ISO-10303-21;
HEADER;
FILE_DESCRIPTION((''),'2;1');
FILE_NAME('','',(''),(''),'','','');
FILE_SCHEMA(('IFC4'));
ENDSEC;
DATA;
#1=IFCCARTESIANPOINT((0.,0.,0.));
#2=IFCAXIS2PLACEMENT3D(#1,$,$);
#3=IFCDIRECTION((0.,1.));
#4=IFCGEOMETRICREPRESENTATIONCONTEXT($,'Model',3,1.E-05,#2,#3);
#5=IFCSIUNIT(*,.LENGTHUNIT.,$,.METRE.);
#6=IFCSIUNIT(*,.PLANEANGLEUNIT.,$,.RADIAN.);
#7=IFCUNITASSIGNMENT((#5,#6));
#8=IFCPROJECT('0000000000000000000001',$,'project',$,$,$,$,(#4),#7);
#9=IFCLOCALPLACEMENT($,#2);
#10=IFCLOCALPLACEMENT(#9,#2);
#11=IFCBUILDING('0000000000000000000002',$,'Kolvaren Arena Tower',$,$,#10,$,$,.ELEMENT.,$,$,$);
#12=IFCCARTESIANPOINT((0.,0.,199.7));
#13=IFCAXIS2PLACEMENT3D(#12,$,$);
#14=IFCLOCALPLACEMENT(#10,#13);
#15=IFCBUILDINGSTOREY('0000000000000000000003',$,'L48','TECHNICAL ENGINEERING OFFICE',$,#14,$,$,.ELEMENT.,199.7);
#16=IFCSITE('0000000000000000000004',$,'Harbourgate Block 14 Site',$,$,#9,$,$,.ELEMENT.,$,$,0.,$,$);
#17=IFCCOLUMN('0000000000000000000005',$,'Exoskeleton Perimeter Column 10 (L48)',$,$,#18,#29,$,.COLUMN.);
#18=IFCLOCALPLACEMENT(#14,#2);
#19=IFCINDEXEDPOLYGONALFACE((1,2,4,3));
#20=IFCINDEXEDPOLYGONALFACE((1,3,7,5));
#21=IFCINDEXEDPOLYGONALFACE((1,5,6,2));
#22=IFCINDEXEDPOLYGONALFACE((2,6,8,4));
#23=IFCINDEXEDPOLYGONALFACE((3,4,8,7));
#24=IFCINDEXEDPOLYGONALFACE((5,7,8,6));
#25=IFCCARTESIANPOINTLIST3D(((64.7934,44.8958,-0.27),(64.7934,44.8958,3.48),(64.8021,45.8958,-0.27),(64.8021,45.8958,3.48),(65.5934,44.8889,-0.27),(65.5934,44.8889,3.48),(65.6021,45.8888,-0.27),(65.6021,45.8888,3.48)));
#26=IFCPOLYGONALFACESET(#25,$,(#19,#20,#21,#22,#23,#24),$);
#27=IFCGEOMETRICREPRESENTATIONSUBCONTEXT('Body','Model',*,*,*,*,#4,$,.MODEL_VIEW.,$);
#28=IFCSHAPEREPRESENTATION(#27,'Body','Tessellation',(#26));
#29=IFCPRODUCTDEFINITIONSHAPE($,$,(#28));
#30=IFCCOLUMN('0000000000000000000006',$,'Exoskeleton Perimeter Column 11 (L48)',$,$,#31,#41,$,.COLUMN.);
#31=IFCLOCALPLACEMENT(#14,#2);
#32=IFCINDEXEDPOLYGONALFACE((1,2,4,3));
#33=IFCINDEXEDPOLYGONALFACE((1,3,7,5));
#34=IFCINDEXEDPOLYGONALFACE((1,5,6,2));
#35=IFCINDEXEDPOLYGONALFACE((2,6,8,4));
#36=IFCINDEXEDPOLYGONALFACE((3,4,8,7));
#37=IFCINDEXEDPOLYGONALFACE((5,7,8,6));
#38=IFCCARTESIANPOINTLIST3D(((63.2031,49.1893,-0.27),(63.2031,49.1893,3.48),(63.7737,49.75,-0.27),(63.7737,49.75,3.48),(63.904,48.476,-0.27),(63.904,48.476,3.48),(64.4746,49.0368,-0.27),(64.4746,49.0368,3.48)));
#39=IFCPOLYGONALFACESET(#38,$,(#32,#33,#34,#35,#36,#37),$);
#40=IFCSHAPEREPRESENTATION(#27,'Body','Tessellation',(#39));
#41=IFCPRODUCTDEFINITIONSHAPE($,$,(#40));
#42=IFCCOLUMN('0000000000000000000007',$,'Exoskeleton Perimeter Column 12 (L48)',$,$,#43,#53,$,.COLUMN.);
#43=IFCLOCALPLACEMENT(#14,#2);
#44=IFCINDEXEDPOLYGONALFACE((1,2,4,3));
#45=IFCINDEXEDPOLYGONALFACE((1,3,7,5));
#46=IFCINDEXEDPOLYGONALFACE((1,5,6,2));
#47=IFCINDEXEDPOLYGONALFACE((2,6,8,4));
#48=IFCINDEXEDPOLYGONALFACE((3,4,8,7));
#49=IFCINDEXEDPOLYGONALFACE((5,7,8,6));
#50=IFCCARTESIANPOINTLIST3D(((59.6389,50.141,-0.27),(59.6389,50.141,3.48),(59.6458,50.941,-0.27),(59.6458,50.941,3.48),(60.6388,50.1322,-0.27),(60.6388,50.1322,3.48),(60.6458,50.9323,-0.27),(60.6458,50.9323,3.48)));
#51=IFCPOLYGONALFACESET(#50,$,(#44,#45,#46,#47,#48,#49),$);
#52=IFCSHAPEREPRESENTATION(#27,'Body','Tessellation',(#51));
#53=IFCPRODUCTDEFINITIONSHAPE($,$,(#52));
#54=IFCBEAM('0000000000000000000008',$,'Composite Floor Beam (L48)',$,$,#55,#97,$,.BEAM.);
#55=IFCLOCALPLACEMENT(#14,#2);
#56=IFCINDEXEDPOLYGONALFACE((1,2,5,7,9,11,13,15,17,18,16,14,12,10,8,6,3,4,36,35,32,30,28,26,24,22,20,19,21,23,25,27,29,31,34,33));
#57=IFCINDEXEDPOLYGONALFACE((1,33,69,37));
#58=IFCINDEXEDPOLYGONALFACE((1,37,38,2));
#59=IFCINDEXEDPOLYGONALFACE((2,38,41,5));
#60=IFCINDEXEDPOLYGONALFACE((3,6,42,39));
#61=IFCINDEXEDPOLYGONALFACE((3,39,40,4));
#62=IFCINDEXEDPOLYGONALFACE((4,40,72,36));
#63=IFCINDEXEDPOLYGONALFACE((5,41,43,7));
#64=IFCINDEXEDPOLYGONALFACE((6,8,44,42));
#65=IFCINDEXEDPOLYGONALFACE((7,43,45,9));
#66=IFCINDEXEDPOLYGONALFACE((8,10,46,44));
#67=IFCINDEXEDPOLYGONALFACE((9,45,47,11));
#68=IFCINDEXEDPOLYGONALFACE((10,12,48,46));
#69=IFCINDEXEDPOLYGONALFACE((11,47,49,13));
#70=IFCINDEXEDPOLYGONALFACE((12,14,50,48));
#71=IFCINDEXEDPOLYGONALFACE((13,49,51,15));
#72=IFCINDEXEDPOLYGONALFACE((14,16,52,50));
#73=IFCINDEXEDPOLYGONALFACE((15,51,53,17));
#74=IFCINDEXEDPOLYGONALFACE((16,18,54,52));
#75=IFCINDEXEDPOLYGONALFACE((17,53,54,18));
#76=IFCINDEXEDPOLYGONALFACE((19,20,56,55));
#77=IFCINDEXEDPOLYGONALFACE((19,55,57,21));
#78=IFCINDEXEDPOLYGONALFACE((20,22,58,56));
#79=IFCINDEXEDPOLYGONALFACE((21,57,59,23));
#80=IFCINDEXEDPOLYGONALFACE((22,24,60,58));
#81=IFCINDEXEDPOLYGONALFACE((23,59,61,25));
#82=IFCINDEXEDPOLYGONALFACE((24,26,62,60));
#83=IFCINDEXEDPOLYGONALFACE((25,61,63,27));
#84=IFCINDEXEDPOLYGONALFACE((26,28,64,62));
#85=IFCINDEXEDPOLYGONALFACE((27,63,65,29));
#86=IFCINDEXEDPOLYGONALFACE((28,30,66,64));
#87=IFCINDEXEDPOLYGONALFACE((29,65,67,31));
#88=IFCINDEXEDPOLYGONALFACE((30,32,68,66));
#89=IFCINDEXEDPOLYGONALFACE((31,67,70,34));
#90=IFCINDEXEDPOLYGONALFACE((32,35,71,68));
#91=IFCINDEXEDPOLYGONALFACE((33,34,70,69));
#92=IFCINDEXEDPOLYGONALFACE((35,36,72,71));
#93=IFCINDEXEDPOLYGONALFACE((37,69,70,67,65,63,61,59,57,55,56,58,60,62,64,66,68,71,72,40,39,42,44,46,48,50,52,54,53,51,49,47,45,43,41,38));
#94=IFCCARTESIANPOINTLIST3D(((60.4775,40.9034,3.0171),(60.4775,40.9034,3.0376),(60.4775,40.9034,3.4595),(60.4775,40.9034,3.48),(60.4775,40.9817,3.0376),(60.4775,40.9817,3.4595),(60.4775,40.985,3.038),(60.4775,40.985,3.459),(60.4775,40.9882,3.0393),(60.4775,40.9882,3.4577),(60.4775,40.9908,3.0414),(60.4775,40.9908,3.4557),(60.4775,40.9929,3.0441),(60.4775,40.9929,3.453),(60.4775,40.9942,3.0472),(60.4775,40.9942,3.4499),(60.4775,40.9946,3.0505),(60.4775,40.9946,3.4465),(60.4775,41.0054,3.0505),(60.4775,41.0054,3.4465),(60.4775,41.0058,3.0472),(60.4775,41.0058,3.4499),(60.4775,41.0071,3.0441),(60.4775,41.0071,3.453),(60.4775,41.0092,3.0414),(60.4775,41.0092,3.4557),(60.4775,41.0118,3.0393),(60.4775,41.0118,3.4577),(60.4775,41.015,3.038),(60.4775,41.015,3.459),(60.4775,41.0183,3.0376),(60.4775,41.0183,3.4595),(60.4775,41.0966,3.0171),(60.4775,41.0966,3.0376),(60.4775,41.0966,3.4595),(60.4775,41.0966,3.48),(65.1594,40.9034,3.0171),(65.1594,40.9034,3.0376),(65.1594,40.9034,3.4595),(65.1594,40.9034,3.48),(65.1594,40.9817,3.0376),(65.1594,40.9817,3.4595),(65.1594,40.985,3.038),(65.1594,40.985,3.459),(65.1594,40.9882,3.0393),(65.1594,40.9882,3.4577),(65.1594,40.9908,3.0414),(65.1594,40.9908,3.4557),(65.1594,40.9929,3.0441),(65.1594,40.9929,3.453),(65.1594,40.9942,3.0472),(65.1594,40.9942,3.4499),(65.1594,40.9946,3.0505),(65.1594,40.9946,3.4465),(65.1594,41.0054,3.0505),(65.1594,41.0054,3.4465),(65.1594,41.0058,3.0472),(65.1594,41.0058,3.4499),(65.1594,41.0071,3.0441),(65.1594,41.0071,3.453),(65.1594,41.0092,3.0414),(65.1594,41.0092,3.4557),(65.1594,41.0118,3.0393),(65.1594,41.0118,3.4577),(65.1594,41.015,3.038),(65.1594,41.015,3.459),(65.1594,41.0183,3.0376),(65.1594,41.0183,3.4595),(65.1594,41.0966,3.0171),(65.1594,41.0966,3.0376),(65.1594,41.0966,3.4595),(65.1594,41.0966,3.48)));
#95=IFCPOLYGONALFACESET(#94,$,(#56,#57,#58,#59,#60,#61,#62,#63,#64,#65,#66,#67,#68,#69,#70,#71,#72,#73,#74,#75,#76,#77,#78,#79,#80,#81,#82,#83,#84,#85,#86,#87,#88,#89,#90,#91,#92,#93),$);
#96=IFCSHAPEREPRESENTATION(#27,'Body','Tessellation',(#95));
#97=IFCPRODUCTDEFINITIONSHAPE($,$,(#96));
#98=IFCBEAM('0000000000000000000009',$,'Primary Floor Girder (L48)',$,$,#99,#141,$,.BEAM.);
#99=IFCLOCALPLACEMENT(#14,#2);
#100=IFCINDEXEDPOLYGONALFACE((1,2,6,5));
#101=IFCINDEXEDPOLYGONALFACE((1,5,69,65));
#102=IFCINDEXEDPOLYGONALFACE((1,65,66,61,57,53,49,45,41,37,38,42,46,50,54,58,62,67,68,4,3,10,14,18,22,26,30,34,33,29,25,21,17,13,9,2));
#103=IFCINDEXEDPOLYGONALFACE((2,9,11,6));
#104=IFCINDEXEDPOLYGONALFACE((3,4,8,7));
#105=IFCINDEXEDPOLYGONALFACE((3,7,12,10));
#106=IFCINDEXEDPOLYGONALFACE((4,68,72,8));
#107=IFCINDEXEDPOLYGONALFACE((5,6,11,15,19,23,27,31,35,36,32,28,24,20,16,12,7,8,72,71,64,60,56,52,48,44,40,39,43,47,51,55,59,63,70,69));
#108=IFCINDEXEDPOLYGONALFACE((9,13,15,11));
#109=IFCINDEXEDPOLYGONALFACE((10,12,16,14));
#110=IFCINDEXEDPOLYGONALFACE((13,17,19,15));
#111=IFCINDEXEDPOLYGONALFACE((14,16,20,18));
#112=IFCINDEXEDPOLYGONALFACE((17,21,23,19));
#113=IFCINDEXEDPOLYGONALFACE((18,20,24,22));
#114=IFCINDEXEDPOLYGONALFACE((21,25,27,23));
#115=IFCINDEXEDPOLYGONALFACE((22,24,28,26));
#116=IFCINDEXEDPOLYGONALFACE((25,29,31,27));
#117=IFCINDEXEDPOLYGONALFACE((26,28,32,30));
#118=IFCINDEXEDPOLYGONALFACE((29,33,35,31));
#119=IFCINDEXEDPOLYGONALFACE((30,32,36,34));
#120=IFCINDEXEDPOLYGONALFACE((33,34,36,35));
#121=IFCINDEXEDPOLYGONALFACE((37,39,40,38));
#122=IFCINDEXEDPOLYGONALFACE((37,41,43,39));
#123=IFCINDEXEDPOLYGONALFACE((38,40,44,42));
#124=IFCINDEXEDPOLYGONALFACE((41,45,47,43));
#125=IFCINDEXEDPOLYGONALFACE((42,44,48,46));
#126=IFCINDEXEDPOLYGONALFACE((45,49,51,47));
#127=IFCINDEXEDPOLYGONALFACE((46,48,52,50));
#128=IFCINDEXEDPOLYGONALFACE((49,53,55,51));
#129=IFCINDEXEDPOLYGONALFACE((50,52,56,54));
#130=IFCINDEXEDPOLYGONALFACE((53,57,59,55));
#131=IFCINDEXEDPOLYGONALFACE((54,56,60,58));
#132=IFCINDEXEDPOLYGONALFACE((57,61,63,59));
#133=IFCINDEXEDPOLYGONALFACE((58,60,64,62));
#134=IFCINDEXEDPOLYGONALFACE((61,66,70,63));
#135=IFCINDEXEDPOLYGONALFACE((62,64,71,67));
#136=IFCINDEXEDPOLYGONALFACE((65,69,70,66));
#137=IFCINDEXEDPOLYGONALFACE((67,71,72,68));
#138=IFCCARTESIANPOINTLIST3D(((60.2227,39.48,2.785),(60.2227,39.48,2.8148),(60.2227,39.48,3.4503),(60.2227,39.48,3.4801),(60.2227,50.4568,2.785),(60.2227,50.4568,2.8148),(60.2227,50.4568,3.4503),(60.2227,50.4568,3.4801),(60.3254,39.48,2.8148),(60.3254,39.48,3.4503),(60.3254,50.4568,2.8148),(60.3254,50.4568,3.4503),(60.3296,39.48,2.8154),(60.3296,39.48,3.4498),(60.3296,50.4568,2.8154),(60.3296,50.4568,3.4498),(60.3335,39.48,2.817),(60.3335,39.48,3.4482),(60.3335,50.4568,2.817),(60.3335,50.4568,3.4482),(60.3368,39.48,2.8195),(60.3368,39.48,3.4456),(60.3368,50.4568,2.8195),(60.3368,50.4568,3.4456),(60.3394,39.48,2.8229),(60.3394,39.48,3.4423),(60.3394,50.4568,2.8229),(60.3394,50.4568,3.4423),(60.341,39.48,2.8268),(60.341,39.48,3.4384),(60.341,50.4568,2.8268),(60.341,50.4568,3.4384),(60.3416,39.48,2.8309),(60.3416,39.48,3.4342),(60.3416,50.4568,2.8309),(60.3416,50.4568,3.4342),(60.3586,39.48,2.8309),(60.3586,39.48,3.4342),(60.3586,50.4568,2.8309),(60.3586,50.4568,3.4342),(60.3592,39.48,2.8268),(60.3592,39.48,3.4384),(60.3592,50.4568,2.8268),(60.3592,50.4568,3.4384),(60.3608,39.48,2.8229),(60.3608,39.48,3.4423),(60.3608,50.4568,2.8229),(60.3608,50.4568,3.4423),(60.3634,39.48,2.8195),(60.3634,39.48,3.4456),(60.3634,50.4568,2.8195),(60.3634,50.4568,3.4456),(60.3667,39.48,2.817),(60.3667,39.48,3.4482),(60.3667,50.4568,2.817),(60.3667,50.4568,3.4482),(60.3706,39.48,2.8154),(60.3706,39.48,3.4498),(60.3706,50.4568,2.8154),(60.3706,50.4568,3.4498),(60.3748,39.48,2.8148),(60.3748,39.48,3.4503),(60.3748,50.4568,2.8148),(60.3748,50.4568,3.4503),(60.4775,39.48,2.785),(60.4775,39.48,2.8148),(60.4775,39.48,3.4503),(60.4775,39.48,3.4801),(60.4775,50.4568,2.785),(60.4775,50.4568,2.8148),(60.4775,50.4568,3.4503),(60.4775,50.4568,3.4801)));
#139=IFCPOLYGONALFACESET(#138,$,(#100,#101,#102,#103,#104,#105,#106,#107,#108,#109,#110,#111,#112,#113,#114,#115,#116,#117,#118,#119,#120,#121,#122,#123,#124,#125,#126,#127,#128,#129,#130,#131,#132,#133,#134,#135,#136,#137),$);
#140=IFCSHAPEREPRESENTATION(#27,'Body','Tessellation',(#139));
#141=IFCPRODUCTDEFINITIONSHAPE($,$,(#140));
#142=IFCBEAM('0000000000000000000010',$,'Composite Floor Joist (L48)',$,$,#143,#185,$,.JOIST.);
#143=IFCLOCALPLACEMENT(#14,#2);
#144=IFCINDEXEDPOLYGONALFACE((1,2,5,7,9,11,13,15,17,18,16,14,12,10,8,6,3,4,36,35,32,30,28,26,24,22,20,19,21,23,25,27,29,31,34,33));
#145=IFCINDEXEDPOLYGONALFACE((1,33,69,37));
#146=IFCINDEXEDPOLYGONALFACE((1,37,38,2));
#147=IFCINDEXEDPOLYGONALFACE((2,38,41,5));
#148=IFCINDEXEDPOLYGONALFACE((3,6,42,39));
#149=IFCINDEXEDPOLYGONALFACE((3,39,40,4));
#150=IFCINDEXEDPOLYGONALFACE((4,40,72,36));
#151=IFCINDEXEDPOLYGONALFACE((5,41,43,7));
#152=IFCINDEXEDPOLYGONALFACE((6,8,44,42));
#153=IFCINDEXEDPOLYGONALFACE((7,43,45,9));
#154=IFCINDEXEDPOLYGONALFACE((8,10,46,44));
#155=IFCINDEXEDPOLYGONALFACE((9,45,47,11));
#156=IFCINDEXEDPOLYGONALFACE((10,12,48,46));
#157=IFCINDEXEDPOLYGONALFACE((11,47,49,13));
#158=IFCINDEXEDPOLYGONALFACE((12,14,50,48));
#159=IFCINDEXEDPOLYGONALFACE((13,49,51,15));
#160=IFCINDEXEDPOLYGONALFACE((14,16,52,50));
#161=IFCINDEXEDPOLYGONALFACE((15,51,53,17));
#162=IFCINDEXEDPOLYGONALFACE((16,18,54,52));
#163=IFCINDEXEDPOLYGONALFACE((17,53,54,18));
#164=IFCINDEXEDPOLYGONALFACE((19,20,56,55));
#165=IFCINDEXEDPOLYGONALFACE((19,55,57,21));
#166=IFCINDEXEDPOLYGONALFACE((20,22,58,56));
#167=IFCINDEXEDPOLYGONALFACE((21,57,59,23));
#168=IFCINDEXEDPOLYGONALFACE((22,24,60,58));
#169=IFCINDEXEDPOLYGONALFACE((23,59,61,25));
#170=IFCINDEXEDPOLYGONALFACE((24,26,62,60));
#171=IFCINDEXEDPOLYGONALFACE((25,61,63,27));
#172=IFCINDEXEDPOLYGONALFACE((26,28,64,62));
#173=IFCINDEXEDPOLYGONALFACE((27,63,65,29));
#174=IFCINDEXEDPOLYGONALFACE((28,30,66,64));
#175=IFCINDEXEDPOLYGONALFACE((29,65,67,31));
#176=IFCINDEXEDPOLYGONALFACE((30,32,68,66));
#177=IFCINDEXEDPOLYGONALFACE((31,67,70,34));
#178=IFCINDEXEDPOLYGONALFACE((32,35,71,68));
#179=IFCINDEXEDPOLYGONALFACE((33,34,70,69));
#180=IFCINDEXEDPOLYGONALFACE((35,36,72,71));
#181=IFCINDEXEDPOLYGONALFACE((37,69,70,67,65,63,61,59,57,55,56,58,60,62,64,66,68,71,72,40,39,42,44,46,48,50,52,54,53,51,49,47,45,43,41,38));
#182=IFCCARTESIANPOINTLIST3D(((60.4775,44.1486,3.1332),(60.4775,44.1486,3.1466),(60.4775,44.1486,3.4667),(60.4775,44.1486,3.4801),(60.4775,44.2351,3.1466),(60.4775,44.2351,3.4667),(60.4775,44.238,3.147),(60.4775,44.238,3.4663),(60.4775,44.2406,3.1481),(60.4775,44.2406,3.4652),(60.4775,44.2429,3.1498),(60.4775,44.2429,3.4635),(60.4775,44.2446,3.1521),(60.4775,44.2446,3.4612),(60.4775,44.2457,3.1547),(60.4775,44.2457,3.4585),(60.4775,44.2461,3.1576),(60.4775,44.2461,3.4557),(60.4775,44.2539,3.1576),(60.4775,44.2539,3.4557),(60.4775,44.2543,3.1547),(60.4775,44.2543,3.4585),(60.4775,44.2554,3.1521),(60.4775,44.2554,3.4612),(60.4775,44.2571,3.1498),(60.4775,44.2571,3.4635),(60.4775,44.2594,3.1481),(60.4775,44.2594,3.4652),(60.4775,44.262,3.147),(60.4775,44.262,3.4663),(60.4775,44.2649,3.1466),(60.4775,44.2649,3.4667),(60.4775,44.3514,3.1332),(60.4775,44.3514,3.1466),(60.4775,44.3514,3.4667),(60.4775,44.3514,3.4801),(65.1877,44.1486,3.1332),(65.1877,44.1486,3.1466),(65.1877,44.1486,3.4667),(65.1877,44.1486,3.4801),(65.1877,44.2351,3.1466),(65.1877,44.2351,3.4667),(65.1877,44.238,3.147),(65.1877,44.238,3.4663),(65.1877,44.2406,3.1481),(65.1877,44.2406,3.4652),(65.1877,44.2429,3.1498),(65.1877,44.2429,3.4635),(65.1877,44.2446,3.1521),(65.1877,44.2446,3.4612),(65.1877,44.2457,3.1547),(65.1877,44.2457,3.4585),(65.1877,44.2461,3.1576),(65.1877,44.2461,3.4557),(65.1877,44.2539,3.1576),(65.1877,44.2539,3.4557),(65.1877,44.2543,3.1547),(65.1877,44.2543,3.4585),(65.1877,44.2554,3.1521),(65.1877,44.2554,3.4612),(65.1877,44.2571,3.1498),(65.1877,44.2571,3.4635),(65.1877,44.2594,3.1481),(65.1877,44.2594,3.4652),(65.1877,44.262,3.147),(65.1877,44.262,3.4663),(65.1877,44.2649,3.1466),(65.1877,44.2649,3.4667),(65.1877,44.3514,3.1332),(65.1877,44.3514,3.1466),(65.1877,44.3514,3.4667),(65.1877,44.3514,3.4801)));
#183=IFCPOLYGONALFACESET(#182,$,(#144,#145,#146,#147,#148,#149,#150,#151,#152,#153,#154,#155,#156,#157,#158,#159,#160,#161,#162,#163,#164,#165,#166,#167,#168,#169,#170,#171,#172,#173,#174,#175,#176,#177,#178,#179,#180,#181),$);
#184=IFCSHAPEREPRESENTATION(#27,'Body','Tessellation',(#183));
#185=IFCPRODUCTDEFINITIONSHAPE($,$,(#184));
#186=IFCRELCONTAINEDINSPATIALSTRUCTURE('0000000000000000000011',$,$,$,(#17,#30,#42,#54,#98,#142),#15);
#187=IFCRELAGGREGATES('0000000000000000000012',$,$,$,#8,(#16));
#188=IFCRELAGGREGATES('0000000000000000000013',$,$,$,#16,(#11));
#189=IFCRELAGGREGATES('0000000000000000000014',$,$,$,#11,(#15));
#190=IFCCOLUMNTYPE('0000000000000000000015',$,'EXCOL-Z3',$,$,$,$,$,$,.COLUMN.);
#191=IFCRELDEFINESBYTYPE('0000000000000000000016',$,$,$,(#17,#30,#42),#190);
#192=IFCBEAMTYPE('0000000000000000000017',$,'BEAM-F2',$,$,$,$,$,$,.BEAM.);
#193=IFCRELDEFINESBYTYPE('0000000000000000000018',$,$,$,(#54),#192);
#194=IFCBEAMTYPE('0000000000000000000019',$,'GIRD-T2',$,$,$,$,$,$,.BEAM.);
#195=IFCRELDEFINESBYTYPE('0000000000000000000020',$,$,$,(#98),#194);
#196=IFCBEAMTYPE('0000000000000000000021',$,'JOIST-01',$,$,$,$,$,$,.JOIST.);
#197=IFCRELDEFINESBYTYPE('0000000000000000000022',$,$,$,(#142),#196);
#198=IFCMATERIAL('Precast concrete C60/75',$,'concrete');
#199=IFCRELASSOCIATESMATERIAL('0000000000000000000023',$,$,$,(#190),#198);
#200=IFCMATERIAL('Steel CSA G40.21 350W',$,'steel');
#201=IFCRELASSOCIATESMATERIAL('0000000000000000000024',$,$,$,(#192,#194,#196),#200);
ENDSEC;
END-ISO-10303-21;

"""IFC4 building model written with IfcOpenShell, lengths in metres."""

from ifc_helpers import new_model, si_unit, direction, frame, origin, origin_2d, place, context, subcontext, project, spatial, rectangle, i_section, extrude, material, material_profile, profile_set, type_object, element, save


model = new_model("IFC4")

# Units and contexts
model_context = context("Model", 3, precision=1e-05, world=origin(), true_north=direction((0.0, 1.0)))
body_context = subcontext(model_context, "Body", "Model", "MODEL_VIEW")
ifc_project = project(units=[si_unit("LENGTHUNIT", "METRE"), si_unit("PLANEANGLEUNIT", "RADIAN")], contexts=[model_context])

# Site, building, storey
site_placement = place(None, origin())
site = spatial("IfcSite", under=ifc_project, at=site_placement, Name="Harbourgate Block 14 Site", CompositionType="ELEMENT", RefElevation=0.0)
building_placement = place(site_placement, origin())
building = spatial("IfcBuilding", under=site, at=building_placement, Name="Kolvaren Arena Tower", CompositionType="ELEMENT")
storey_placement = place(building_placement, frame((0.0, 0.0, 199.7)))
storey = spatial("IfcBuildingStorey", under=building, at=storey_placement, Name="L48", Description="TECHNICAL ENGINEERING OFFICE", CompositionType="ELEMENT", Elevation=199.7)

# Columns
ifc_material_1 = material(Name="Precast concrete C60/75", Category="concrete")
ifc_material_profile_1 = material_profile(ifc_material_1, rectangle(XDim=1.0, YDim=0.8, at=origin_2d()), Name="RC-1000x800")
ifc_profile_set_1 = profile_set([ifc_material_profile_1], Name="Precast concrete C60/75")
column_type = type_object("IfcColumnType", Name="EXCOL-Z3", PredefinedType="COLUMN", material=ifc_profile_set_1)
for number, where, z_axis, x_axis, name in (
    (1, (65.1978, 45.3923, -0.27), (0.0, 0.0, 1.0), (0.008727, 0.999962, 0.0), "Exoskeleton Perimeter Column 10 (L48)"),
    (2, (63.8389, 49.113, -0.27), (0.0, 0.0, 1.0), (-0.700909, 0.71325, 0.0), "Exoskeleton Perimeter Column 11 (L48)"),
    (3, (60.1423, 50.5366, -0.27), (0.0, 0.0, 1.0), (0.999962, -0.008727, 0.0), "Exoskeleton Perimeter Column 12 (L48)"),
):
    element("IfcColumn", number, at=place(storey_placement, frame(where, z_axis=z_axis, x_axis=x_axis)), inside=storey, type_object=column_type, Name=name, PredefinedType="COLUMN", context=body_context, shape_type="SweptSolid", body=[
        extrude(rectangle(XDim=1.0, YDim=0.8, at=origin_2d()), origin(), (0.0, 0.0, 1.0), 3.75),
    ])

# Beams
ifc_material_2 = material(Name="Steel CSA G40.21 350W", Category="steel")
ifc_material_profile_2 = material_profile(ifc_material_2, i_section(OverallWidth=0.1931, OverallDepth=0.4629, WebThickness=0.0107, FlangeThickness=0.0205, FilletRadius=0.0129, at=origin_2d()), Name="W460x113")
ifc_profile_set_2 = profile_set([ifc_material_profile_2], Name="Steel CSA G40.21 350W")
beam_type_1 = type_object("IfcBeamType", Name="BEAM-F2", PredefinedType="BEAM", material=ifc_profile_set_2)
beam_1_placement = place(storey_placement, frame((60.4775, 41.0, 3.2485), z_axis=(1.0, 0.0, 0.0), x_axis=(0.0, 1.0, 0.0)))
element("IfcBeam", 4, at=beam_1_placement, inside=storey, type_object=beam_type_1, Name="Composite Floor Beam (L48)", PredefinedType="BEAM", context=body_context, shape_type="SweptSolid", body=[
    extrude(i_section(OverallWidth=0.1931, OverallDepth=0.4629, WebThickness=0.0107, FlangeThickness=0.0205, FilletRadius=0.0129, at=origin_2d()), origin(), (0.0, 0.0, 1.0), 4.6819),
])
ifc_material_profile_3 = material_profile(ifc_material_2, i_section(OverallWidth=0.2549, OverallDepth=0.6951, WebThickness=0.0171, FlangeThickness=0.0298, FilletRadius=0.0161, at=origin_2d()), Name="W690x217")
ifc_profile_set_3 = profile_set([ifc_material_profile_3], Name="Steel CSA G40.21 350W")
beam_type_2 = type_object("IfcBeamType", Name="GIRD-T2", PredefinedType="BEAM", material=ifc_profile_set_3)
beam_2_placement = place(storey_placement, frame((60.3501, 39.48, 3.1326), z_axis=(0.0, 1.0, 0.0), x_axis=(-1.0, 0.0, 0.0)))
element("IfcBeam", 5, at=beam_2_placement, inside=storey, type_object=beam_type_2, Name="Primary Floor Girder (L48)", PredefinedType="BEAM", context=body_context, shape_type="SweptSolid", body=[
    extrude(i_section(OverallWidth=0.2549, OverallDepth=0.6951, WebThickness=0.0171, FlangeThickness=0.0298, FilletRadius=0.0161, at=origin_2d()), origin(), (0.0, 0.0, 1.0), 10.9768),
])
ifc_material_profile_4 = material_profile(ifc_material_2, i_section(OverallWidth=0.2029, OverallDepth=0.3469, WebThickness=0.0078, FlangeThickness=0.0134, FilletRadius=0.011, at=origin_2d()), Name="W360x64")
ifc_profile_set_4 = profile_set([ifc_material_profile_4], Name="Steel CSA G40.21 350W")
beam_type_3 = type_object("IfcBeamType", Name="JOIST-01", PredefinedType="JOIST", material=ifc_profile_set_4)
beam_3_placement = place(storey_placement, frame((60.4775, 44.25, 3.3066), z_axis=(1.0, 0.0, 0.0), x_axis=(0.0, 1.0, 0.0)))
element("IfcBeam", 6, at=beam_3_placement, inside=storey, type_object=beam_type_3, Name="Composite Floor Joist (L48)", PredefinedType="JOIST", context=body_context, shape_type="SweptSolid", body=[
    extrude(i_section(OverallWidth=0.2029, OverallDepth=0.3469, WebThickness=0.0078, FlangeThickness=0.0134, FilletRadius=0.011, at=origin_2d()), origin(), (0.0, 0.0, 1.0), 4.7102),
])

save(model, "model.ifc")
